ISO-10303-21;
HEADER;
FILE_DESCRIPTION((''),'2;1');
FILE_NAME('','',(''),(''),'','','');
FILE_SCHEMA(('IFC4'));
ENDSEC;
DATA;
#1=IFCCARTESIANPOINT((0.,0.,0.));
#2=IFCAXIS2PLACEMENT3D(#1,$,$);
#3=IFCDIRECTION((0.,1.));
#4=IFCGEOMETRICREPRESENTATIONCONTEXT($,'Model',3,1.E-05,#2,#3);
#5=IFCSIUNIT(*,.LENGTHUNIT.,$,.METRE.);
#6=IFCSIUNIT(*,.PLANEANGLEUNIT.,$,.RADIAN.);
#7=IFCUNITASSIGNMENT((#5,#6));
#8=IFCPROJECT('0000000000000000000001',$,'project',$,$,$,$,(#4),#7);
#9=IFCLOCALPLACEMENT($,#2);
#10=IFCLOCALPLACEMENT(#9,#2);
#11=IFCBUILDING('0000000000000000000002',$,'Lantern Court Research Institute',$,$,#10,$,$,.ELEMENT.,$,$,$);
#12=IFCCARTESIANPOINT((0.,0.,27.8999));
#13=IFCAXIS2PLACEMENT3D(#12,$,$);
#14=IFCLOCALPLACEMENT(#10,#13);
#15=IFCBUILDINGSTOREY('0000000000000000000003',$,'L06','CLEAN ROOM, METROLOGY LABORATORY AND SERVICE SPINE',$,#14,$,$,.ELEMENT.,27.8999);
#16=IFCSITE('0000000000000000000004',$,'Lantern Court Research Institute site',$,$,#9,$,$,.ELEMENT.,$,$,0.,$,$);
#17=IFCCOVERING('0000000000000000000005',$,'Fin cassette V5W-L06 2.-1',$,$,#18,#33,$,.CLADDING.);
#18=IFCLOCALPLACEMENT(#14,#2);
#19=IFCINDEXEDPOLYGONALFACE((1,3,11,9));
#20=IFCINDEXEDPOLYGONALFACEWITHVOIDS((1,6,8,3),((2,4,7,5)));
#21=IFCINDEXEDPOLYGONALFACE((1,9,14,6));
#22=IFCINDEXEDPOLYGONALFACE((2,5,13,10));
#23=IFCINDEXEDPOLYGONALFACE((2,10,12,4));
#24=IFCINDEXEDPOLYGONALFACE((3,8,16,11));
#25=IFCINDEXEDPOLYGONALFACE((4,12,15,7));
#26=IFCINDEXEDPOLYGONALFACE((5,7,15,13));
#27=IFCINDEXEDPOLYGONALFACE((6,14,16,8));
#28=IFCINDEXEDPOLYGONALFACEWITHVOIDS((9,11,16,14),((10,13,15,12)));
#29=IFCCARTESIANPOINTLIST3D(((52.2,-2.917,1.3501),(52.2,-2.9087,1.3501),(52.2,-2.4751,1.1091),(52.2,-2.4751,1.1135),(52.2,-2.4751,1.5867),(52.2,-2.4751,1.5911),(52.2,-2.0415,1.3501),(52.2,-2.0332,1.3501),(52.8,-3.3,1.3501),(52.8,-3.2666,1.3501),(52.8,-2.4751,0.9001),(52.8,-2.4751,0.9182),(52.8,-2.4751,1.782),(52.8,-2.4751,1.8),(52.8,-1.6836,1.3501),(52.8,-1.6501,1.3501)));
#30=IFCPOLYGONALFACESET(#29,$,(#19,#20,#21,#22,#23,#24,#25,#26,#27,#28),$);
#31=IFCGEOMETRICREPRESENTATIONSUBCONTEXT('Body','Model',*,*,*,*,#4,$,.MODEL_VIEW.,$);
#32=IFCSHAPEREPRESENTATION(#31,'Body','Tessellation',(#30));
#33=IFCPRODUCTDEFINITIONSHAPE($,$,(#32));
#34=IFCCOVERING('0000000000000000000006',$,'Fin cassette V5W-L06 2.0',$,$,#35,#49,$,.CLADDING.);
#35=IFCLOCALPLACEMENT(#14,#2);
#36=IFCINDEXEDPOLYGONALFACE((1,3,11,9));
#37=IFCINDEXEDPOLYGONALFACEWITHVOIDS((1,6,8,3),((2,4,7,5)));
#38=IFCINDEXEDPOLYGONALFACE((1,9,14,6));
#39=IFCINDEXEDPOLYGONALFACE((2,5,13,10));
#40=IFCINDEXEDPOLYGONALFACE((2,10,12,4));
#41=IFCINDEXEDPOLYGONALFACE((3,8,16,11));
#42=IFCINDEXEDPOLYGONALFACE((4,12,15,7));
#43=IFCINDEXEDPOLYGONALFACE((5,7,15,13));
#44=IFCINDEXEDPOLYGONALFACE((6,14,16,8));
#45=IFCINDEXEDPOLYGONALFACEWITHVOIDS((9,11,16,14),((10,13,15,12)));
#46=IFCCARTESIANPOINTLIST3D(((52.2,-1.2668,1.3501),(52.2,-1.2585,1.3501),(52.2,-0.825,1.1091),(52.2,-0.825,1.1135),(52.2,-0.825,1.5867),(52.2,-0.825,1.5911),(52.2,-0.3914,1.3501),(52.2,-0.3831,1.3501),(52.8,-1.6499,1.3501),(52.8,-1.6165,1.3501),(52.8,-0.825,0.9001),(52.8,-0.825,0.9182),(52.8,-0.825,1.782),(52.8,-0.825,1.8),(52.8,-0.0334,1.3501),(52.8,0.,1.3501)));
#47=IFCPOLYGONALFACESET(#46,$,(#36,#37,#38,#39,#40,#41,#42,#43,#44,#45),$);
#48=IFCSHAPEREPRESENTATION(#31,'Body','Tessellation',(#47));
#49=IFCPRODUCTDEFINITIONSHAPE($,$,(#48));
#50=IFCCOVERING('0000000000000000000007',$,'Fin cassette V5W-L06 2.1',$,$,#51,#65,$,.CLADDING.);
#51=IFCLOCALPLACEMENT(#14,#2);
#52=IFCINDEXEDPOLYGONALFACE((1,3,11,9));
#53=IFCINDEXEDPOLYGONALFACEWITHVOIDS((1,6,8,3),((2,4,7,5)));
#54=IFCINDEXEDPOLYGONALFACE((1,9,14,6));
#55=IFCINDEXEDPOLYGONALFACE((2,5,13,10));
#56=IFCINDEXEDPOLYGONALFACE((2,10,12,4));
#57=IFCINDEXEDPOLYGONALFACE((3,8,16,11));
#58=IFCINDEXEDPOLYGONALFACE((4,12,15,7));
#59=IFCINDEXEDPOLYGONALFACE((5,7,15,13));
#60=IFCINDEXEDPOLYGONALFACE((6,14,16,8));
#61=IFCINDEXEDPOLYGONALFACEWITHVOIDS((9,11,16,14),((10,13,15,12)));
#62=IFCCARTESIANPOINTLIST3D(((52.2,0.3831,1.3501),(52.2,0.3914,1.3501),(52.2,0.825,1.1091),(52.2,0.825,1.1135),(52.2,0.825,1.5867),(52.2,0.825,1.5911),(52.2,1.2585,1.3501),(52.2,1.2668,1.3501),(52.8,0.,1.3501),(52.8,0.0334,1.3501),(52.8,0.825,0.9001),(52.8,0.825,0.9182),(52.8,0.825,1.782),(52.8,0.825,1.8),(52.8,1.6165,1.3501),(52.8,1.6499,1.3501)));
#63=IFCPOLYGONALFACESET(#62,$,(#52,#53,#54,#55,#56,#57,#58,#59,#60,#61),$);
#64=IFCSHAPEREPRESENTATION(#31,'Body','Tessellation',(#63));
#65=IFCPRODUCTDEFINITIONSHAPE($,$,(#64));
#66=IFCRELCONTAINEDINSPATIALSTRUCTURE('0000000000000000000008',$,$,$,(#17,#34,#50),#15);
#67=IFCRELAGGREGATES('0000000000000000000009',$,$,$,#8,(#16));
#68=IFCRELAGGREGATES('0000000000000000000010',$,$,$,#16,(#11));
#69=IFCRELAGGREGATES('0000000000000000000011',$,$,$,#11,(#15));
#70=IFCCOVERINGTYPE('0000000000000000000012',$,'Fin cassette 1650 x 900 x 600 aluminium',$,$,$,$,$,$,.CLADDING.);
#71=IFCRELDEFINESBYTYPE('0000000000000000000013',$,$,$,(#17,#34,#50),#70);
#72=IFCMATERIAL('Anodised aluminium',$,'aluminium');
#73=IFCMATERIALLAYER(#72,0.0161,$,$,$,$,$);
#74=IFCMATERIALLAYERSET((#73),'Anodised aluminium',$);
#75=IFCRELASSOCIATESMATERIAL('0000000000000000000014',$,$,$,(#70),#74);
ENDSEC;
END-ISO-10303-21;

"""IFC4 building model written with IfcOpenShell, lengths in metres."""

from ifc_helpers import new_model, entity, si_unit, direction, frame, origin, place, context, subcontext, project, spatial, material, layer, layer_set, type_object, element, save


model = new_model("IFC4")

# Units and contexts
model_context = context("Model", 3, precision=1e-05, world=origin(), true_north=direction((0.0, 1.0)))
body_context = subcontext(model_context, "Body", "Model", "MODEL_VIEW")
ifc_project = project(units=[si_unit("LENGTHUNIT", "METRE"), si_unit("PLANEANGLEUNIT", "RADIAN")], contexts=[model_context])

# Site, building, storey
site_placement = place(None, origin())
site = spatial("IfcSite", under=ifc_project, at=site_placement, Name="Lantern Court Research Institute site", CompositionType="ELEMENT", RefElevation=0.0)
building_placement = place(site_placement, origin())
building = spatial("IfcBuilding", under=site, at=building_placement, Name="Lantern Court Research Institute", CompositionType="ELEMENT")
storey_placement = place(building_placement, frame((0.0, 0.0, 27.8999)))
storey = spatial("IfcBuildingStorey", under=building, at=storey_placement, Name="L06", Description="CLEAN ROOM, METROLOGY LABORATORY AND SERVICE SPINE", CompositionType="ELEMENT", Elevation=27.8999)

# Coverings
ifc_material_1 = material(Name="Anodised aluminium", Category="aluminium")
ifc_layer_1 = layer(ifc_material_1, 0.0161)
ifc_layer_set_1 = layer_set([ifc_layer_1], Name="Anodised aluminium")
covering_type = type_object("IfcCoveringType", Name="Fin cassette 1650 x 900 x 600 aluminium", PredefinedType="CLADDING", material=ifc_layer_set_1)
covering_1_placement = place(storey_placement, frame((52.8, -2.4751, 1.3501), z_axis=(-1.0, 0.0, 0.0), x_axis=(0.0, -1.0, 0.0)))
cartesian_point_1 = entity("IfcCartesianPoint", [0.825, 0.0])
cartesian_point_2 = entity("IfcCartesianPoint", [0.7915, 0.0])
cartesian_point_3 = entity("IfcCartesianPoint", [0.4419, 0.0])
cartesian_point_4 = entity("IfcCartesianPoint", [0.4336, 0.0])
element("IfcCovering", 1, at=covering_1_placement, inside=storey, type_object=covering_type, Name="Fin cassette V5W-L06 2.-1", PredefinedType="CLADDING", context=body_context, shape_type="SweptSolid", body=[
    entity("IfcExtrudedAreaSolidTapered", entity("IfcArbitraryProfileDefWithVoids", "AREA", None, entity("IfcPolyline", [cartesian_point_1, entity("IfcCartesianPoint", [0.0, 0.45]), entity("IfcCartesianPoint", [-0.825, 0.0]), entity("IfcCartesianPoint", [0.0, -0.45]), cartesian_point_1]), [entity("IfcPolyline", [cartesian_point_2, entity("IfcCartesianPoint", [0.0, 0.4319]), entity("IfcCartesianPoint", [-0.7915, 0.0]), entity("IfcCartesianPoint", [0.0, -0.4319]), cartesian_point_2])]), entity("IfcAxis2Placement3D", entity("IfcCartesianPoint", [0.0, 0.0, 0.0])), entity("IfcDirection", [0.0, 0.0, 1.0]), 0.6001, entity("IfcArbitraryProfileDefWithVoids", "AREA", None, entity("IfcPolyline", [cartesian_point_3, entity("IfcCartesianPoint", [0.0, 0.241]), entity("IfcCartesianPoint", [-0.4419, 0.0]), entity("IfcCartesianPoint", [0.0, -0.241]), cartesian_point_3]), [entity("IfcPolyline", [cartesian_point_4, entity("IfcCartesianPoint", [0.0, 0.2366]), entity("IfcCartesianPoint", [-0.4336, 0.0]), entity("IfcCartesianPoint", [0.0, -0.2366]), cartesian_point_4])])),
])
covering_2_placement = place(storey_placement, frame((52.8, -0.825, 1.3501), z_axis=(-1.0, 0.0, 0.0), x_axis=(0.0, -1.0, 0.0)))
cartesian_point_5 = entity("IfcCartesianPoint", [0.825, 0.0])
cartesian_point_6 = entity("IfcCartesianPoint", [0.7915, 0.0])
cartesian_point_7 = entity("IfcCartesianPoint", [0.4419, 0.0])
cartesian_point_8 = entity("IfcCartesianPoint", [0.4336, 0.0])
element("IfcCovering", 2, at=covering_2_placement, inside=storey, type_object=covering_type, Name="Fin cassette V5W-L06 2.0", PredefinedType="CLADDING", context=body_context, shape_type="SweptSolid", body=[
    entity("IfcExtrudedAreaSolidTapered", entity("IfcArbitraryProfileDefWithVoids", "AREA", None, entity("IfcPolyline", [cartesian_point_5, entity("IfcCartesianPoint", [0.0, 0.45]), entity("IfcCartesianPoint", [-0.825, 0.0]), entity("IfcCartesianPoint", [0.0, -0.45]), cartesian_point_5]), [entity("IfcPolyline", [cartesian_point_6, entity("IfcCartesianPoint", [0.0, 0.4319]), entity("IfcCartesianPoint", [-0.7915, 0.0]), entity("IfcCartesianPoint", [0.0, -0.4319]), cartesian_point_6])]), entity("IfcAxis2Placement3D", entity("IfcCartesianPoint", [0.0, 0.0, 0.0])), entity("IfcDirection", [0.0, 0.0, 1.0]), 0.6001, entity("IfcArbitraryProfileDefWithVoids", "AREA", None, entity("IfcPolyline", [cartesian_point_7, entity("IfcCartesianPoint", [0.0, 0.241]), entity("IfcCartesianPoint", [-0.4419, 0.0]), entity("IfcCartesianPoint", [0.0, -0.241]), cartesian_point_7]), [entity("IfcPolyline", [cartesian_point_8, entity("IfcCartesianPoint", [0.0, 0.2366]), entity("IfcCartesianPoint", [-0.4336, 0.0]), entity("IfcCartesianPoint", [0.0, -0.2366]), cartesian_point_8])])),
])
covering_3_placement = place(storey_placement, frame((52.8, 0.825, 1.3501), z_axis=(-1.0, 0.0, 0.0), x_axis=(0.0, -1.0, 0.0)))
cartesian_point_9 = entity("IfcCartesianPoint", [0.825, 0.0])
cartesian_point_10 = entity("IfcCartesianPoint", [0.7915, 0.0])
cartesian_point_11 = entity("IfcCartesianPoint", [0.4419, 0.0])
cartesian_point_12 = entity("IfcCartesianPoint", [0.4336, 0.0])
element("IfcCovering", 3, at=covering_3_placement, inside=storey, type_object=covering_type, Name="Fin cassette V5W-L06 2.1", PredefinedType="CLADDING", context=body_context, shape_type="SweptSolid", body=[
    entity("IfcExtrudedAreaSolidTapered", entity("IfcArbitraryProfileDefWithVoids", "AREA", None, entity("IfcPolyline", [cartesian_point_9, entity("IfcCartesianPoint", [0.0, 0.45]), entity("IfcCartesianPoint", [-0.825, 0.0]), entity("IfcCartesianPoint", [0.0, -0.45]), cartesian_point_9]), [entity("IfcPolyline", [cartesian_point_10, entity("IfcCartesianPoint", [0.0, 0.4319]), entity("IfcCartesianPoint", [-0.7915, 0.0]), entity("IfcCartesianPoint", [0.0, -0.4319]), cartesian_point_10])]), entity("IfcAxis2Placement3D", entity("IfcCartesianPoint", [0.0, 0.0, 0.0])), entity("IfcDirection", [0.0, 0.0, 1.0]), 0.6001, entity("IfcArbitraryProfileDefWithVoids", "AREA", None, entity("IfcPolyline", [cartesian_point_11, entity("IfcCartesianPoint", [0.0, 0.241]), entity("IfcCartesianPoint", [-0.4419, 0.0]), entity("IfcCartesianPoint", [0.0, -0.241]), cartesian_point_11]), [entity("IfcPolyline", [cartesian_point_12, entity("IfcCartesianPoint", [0.0, 0.2366]), entity("IfcCartesianPoint", [-0.4336, 0.0]), entity("IfcCartesianPoint", [0.0, -0.2366]), cartesian_point_12])])),
])

save(model, "model.ifc")
